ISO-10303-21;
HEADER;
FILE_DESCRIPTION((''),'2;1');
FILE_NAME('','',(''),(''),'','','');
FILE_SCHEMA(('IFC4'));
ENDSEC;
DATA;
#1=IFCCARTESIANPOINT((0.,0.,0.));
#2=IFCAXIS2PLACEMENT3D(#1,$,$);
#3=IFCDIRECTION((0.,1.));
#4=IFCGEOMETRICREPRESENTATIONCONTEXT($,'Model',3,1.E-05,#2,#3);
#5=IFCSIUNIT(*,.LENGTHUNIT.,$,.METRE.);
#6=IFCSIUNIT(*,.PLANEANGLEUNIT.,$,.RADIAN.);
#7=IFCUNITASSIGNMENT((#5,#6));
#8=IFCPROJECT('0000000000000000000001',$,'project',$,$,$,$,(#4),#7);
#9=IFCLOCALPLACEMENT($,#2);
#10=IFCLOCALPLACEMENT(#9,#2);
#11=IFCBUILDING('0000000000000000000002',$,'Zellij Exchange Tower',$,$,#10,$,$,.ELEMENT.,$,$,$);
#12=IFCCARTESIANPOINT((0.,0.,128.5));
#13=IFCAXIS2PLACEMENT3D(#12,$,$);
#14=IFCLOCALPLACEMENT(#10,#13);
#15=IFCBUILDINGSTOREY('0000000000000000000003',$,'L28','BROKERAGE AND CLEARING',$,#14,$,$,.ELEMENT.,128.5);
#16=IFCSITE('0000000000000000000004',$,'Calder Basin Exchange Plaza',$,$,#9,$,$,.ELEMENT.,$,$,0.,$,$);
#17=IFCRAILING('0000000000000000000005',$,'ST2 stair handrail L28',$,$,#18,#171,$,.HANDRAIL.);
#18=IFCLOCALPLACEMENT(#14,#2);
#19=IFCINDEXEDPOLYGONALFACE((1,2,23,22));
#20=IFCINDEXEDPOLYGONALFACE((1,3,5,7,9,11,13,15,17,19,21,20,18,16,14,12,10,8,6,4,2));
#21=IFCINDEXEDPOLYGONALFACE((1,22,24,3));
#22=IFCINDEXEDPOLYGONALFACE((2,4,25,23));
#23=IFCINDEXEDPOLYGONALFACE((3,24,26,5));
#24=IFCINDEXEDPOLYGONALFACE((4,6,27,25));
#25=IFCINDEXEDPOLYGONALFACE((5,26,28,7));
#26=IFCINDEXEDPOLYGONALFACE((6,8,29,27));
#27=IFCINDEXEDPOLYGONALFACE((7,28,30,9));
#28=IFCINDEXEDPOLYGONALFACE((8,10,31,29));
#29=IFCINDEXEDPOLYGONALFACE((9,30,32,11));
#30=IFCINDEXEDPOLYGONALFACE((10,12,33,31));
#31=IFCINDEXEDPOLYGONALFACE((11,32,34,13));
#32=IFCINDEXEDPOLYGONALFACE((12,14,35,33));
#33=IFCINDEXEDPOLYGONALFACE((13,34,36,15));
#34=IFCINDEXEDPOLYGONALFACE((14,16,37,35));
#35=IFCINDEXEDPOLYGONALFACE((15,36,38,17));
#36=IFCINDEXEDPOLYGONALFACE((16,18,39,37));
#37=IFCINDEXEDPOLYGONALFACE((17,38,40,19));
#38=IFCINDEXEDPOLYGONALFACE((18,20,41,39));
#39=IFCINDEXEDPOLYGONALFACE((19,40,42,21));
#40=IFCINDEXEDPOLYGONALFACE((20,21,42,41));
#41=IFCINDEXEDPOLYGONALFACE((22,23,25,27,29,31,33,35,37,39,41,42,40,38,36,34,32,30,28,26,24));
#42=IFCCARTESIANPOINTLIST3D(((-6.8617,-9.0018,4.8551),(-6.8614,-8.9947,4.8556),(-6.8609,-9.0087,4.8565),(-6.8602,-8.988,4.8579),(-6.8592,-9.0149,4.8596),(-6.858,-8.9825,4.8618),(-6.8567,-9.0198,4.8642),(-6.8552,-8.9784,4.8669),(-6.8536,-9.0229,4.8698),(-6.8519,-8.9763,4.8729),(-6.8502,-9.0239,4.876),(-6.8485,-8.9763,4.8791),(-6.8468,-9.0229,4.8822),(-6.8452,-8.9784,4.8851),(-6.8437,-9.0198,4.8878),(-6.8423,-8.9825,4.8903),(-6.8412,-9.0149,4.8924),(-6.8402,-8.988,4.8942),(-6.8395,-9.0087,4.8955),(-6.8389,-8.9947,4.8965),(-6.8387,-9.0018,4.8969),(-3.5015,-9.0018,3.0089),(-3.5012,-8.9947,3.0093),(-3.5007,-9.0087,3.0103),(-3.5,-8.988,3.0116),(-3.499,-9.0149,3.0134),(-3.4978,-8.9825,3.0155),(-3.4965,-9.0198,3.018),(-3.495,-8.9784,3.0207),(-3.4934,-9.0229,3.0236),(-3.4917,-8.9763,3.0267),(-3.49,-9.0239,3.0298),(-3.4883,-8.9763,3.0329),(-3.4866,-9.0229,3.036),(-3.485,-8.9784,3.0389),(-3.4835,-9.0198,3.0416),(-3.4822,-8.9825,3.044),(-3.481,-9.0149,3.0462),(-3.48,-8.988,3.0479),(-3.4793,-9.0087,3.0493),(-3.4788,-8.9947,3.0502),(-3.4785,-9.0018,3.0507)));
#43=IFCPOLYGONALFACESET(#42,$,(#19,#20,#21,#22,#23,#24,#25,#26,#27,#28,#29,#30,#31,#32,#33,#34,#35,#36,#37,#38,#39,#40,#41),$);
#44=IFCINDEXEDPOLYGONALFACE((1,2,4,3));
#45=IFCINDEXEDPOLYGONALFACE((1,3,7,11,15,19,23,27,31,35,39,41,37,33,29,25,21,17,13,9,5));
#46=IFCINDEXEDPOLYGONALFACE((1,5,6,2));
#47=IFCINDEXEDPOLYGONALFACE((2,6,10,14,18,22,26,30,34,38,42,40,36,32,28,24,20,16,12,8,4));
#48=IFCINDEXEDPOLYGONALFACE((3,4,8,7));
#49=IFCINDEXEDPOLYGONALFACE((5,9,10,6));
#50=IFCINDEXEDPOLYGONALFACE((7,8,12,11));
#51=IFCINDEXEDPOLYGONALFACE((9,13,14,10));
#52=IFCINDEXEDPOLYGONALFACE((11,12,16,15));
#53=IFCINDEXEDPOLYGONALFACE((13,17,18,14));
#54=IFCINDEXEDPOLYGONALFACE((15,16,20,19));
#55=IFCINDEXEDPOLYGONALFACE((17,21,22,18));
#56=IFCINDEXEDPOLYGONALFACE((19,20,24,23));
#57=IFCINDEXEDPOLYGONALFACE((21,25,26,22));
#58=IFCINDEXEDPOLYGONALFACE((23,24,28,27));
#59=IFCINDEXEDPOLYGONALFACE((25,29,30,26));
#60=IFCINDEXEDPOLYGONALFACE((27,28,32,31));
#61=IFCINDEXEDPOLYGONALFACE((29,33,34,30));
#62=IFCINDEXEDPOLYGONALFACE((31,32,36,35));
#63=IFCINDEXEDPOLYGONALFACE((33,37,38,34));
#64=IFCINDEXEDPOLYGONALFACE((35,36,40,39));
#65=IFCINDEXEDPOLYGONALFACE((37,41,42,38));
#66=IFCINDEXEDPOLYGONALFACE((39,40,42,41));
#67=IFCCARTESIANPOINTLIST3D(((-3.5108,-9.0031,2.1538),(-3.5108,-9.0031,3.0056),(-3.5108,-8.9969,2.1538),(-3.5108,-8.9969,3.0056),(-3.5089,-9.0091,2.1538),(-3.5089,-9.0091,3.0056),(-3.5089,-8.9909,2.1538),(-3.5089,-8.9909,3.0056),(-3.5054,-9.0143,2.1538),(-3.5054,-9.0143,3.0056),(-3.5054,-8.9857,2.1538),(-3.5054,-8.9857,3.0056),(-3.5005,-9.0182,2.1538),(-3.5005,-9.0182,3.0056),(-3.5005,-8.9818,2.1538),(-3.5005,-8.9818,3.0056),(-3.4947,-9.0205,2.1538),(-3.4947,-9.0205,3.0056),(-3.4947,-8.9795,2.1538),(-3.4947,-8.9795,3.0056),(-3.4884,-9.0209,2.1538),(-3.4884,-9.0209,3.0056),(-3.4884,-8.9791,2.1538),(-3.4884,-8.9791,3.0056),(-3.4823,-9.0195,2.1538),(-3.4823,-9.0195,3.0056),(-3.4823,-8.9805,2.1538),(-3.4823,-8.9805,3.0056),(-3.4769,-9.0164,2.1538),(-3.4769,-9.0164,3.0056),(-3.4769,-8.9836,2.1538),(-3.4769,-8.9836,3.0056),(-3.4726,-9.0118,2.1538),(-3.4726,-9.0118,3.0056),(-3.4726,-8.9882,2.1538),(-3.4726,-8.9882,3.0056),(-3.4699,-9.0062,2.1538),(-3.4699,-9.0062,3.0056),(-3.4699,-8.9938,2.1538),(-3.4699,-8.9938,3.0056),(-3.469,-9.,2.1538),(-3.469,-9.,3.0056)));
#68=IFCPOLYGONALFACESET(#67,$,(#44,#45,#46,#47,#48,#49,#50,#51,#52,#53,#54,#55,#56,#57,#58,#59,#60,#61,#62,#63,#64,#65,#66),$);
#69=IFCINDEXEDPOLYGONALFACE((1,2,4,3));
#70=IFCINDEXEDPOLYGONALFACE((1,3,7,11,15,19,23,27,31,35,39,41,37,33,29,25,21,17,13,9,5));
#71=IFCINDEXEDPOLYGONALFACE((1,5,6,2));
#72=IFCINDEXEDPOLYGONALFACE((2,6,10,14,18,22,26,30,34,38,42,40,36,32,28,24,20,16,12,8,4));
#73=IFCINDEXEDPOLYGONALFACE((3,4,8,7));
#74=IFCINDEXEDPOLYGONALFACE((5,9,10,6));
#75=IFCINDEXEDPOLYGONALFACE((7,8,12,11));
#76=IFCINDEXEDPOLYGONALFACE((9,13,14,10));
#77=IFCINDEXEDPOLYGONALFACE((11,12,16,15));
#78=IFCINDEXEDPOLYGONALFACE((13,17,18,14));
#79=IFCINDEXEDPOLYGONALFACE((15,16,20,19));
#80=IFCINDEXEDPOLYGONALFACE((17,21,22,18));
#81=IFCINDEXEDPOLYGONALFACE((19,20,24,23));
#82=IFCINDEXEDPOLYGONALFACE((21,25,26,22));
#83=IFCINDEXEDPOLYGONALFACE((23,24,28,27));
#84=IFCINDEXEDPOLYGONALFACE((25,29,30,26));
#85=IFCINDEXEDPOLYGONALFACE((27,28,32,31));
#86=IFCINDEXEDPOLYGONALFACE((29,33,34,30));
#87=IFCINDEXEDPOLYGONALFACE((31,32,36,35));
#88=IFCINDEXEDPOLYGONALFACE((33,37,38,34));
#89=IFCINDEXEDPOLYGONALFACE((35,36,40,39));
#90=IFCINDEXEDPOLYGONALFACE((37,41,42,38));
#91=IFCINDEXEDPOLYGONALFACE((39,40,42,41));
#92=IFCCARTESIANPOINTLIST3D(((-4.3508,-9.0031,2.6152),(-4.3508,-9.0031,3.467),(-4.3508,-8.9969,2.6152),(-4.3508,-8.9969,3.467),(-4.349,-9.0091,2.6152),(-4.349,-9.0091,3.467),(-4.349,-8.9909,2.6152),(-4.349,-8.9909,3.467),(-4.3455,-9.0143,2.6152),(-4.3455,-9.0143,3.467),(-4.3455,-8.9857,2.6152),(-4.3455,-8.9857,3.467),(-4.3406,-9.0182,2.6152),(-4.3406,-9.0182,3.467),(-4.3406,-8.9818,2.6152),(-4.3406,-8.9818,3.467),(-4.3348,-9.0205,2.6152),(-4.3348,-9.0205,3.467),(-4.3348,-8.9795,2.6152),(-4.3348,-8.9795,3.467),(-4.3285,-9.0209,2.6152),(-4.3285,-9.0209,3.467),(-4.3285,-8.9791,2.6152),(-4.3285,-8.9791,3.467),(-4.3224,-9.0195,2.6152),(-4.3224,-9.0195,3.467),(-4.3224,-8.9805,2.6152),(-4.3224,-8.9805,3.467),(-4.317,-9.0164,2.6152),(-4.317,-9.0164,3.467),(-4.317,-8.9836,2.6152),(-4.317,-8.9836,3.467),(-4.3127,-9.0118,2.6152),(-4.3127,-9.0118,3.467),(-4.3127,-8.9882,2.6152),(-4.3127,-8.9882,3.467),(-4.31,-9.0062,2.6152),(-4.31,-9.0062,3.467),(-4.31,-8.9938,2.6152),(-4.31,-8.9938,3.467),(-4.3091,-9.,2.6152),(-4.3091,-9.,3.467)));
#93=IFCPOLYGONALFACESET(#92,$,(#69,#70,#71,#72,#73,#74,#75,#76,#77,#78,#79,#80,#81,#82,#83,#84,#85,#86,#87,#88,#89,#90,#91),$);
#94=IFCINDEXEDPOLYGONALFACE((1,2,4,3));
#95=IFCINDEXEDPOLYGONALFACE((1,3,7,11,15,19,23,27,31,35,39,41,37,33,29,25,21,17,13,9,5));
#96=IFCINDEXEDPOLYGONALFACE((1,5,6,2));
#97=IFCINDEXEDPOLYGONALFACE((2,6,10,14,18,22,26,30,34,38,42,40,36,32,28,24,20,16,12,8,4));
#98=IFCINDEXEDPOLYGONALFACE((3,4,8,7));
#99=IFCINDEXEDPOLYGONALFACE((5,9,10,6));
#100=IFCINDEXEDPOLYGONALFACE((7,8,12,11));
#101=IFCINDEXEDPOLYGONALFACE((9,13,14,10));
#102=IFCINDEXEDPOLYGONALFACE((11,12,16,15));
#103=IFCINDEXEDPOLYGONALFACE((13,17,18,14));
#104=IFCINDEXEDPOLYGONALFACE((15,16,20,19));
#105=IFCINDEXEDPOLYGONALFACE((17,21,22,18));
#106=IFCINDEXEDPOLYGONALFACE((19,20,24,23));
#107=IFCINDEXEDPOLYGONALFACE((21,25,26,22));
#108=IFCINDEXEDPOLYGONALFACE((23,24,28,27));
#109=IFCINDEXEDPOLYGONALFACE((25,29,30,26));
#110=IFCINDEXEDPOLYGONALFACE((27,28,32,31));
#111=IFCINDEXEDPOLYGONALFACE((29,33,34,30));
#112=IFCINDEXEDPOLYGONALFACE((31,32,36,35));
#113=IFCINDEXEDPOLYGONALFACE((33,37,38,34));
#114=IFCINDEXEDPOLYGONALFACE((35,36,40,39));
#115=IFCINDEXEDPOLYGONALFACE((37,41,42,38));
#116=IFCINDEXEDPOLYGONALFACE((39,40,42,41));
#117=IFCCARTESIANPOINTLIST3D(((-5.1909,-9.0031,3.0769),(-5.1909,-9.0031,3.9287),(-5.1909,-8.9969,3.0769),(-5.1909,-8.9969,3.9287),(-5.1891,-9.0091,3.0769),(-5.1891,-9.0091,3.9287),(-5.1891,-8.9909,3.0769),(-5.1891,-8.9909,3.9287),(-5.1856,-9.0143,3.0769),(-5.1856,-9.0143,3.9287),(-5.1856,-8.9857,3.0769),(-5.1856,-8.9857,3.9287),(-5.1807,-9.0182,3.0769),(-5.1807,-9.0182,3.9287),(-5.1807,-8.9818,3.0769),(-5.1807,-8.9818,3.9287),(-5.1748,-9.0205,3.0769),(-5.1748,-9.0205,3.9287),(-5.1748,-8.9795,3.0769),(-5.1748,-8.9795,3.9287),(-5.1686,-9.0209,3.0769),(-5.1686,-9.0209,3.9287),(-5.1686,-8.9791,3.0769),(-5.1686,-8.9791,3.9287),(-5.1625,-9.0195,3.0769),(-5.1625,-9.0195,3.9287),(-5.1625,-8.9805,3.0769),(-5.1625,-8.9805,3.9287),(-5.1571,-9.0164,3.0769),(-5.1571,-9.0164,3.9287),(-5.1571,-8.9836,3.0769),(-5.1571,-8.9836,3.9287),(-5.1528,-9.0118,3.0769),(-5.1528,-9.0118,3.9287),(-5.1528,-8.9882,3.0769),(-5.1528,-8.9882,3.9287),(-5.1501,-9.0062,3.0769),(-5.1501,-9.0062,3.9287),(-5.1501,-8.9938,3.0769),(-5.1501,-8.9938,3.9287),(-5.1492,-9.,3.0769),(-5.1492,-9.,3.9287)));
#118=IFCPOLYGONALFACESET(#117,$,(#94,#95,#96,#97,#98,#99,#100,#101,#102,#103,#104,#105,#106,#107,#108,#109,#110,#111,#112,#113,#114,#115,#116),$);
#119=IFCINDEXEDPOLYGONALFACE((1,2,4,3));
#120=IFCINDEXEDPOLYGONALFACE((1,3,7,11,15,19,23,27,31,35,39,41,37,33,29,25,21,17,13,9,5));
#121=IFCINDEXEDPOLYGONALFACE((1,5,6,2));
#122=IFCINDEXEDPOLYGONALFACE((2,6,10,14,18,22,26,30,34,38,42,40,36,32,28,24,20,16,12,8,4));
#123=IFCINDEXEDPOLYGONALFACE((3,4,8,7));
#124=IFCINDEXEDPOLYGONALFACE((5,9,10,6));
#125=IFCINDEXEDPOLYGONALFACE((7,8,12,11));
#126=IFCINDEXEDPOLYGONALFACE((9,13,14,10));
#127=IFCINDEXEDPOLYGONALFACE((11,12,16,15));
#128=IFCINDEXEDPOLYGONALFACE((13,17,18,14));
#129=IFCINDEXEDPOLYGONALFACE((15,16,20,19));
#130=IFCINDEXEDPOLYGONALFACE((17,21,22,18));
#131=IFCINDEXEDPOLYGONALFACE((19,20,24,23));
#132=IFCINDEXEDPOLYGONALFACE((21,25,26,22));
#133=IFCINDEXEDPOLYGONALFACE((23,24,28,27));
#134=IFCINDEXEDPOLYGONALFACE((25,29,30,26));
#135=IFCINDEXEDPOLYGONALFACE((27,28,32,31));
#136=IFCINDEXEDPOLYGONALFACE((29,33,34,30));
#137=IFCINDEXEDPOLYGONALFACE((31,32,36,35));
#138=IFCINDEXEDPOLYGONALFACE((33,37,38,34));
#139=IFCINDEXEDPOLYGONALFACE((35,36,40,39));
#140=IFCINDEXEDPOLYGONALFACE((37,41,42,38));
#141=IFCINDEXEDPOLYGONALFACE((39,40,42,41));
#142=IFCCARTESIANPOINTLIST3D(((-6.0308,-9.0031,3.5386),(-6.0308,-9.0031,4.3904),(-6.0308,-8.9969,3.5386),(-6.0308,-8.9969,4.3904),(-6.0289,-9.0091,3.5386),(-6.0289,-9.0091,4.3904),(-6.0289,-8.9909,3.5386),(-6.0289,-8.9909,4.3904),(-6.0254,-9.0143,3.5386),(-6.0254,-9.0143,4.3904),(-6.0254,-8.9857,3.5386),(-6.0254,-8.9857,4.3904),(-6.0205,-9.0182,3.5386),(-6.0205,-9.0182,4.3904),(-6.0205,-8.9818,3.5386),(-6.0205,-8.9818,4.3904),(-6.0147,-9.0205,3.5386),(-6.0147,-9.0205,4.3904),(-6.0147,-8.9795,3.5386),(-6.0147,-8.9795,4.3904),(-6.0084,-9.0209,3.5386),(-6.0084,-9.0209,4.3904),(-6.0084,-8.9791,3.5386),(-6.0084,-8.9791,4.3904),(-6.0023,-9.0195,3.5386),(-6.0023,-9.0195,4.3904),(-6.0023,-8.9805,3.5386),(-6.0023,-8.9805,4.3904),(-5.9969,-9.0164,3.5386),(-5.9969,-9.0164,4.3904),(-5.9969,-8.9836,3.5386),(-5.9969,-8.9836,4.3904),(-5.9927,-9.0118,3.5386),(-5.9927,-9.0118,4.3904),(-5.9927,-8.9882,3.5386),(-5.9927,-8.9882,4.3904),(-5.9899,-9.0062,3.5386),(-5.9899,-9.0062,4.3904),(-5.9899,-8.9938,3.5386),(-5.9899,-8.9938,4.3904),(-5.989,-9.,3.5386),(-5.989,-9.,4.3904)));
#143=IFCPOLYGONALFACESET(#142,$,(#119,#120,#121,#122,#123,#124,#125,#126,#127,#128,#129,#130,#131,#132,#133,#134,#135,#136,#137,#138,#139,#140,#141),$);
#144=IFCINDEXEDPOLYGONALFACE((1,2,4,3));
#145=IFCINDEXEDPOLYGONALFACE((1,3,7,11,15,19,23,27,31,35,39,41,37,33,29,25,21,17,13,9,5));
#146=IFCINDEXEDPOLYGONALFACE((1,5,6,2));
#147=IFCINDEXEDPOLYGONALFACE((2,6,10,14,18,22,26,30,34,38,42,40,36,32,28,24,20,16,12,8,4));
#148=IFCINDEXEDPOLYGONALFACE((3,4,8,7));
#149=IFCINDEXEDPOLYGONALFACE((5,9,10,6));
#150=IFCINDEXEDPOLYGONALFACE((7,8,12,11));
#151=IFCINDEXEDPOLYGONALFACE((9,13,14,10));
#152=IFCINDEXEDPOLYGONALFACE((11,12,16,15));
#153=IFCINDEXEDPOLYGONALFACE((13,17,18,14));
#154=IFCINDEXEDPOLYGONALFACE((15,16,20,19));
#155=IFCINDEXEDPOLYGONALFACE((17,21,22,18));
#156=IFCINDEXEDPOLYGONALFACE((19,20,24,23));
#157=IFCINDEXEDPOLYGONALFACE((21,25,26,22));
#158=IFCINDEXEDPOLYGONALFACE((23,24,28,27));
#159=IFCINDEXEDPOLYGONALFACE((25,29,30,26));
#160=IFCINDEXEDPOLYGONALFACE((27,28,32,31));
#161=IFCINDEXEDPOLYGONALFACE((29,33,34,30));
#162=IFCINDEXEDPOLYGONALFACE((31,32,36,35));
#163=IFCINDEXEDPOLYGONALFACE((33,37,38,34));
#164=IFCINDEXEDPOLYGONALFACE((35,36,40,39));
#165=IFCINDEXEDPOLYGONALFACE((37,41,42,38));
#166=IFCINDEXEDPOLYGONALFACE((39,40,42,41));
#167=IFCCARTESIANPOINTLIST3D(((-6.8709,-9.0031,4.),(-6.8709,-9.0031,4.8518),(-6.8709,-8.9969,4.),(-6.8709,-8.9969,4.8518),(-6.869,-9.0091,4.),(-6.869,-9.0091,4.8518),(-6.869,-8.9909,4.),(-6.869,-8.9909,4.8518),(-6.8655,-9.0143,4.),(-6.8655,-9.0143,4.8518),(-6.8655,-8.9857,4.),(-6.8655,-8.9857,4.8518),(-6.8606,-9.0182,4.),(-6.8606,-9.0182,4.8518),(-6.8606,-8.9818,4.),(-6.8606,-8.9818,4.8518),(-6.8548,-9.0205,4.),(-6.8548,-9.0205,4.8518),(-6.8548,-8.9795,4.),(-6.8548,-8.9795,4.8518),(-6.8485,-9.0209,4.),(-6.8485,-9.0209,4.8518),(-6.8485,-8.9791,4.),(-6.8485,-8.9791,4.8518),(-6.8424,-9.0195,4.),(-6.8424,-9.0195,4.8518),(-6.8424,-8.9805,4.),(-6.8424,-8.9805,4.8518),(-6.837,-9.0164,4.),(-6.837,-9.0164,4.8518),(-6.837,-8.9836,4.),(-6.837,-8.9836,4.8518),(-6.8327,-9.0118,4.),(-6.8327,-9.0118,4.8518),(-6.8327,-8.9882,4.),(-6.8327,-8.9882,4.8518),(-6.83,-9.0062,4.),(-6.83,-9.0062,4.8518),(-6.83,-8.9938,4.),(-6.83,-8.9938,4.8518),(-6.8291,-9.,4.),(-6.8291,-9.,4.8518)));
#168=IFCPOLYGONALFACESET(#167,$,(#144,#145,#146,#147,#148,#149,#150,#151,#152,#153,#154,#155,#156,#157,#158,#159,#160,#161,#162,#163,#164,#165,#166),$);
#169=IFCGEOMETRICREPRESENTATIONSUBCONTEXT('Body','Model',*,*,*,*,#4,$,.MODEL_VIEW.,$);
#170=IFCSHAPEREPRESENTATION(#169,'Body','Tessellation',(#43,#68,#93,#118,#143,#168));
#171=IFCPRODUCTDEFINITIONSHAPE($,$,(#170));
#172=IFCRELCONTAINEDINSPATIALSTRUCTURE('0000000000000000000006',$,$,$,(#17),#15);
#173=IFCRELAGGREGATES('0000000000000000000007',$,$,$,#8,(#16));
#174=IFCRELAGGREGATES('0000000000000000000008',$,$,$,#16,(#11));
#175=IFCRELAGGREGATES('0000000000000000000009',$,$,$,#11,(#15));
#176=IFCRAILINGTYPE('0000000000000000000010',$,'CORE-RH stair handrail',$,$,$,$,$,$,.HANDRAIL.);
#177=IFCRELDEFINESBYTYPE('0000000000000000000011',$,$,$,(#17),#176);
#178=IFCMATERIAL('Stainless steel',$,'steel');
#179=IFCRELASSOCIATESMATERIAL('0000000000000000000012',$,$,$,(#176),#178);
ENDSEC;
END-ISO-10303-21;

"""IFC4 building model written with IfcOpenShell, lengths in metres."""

from ifc_helpers import new_model, si_unit, direction, frame, origin, origin_2d, place, context, subcontext, project, spatial, circle, extrude, material, type_object, element, save


model = new_model("IFC4")

# Units and contexts
model_context = context("Model", 3, precision=1e-05, world=origin(), true_north=direction((0.0, 1.0)))
body_context = subcontext(model_context, "Body", "Model", "MODEL_VIEW")
ifc_project = project(units=[si_unit("LENGTHUNIT", "METRE"), si_unit("PLANEANGLEUNIT", "RADIAN")], contexts=[model_context])

# Site, building, storey
site_placement = place(None, origin())
site = spatial("IfcSite", under=ifc_project, at=site_placement, Name="Calder Basin Exchange Plaza", CompositionType="ELEMENT", RefElevation=0.0)
building_placement = place(site_placement, origin())
building = spatial("IfcBuilding", under=site, at=building_placement, Name="Zellij Exchange Tower", CompositionType="ELEMENT")
storey_placement = place(building_placement, frame((0.0, 0.0, 128.5)))
storey = spatial("IfcBuildingStorey", under=building, at=storey_placement, Name="L28", Description="BROKERAGE AND CLEARING", CompositionType="ELEMENT", Elevation=128.5)

# Railing
ifc_material_1 = material(Name="Stainless steel", Category="steel")
railing_type_1 = type_object("IfcRailingType", Name="CORE-RH stair handrail", PredefinedType="HANDRAIL", material=ifc_material_1)
railing_1_placement = place(storey_placement, frame((-3.49, -9.0, 2.1538)))
element("IfcRailing", 1, at=railing_1_placement, inside=storey, type_object=railing_type_1, Name="ST2 stair handrail L28", PredefinedType="HANDRAIL", context=body_context, shape_type="SweptSolid", body=[
    extrude(circle(Radius=0.0239, at=origin_2d()), frame((0.0, 0.0, 0.876), z_axis=(-0.876422, 0.0, 0.481545), x_axis=(0.0, -1.0, 0.0)), (0.0, 0.0, 1.0), 3.834),
    extrude(circle(Radius=0.021, at=origin_2d()), origin(), (0.0, 0.0, 1.0), 0.8518),
    extrude(circle(Radius=0.021, at=origin_2d()), frame((-0.8401, 0.0, 0.4614)), (0.0, 0.0, 1.0), 0.8518),
    extrude(circle(Radius=0.021, at=origin_2d()), frame((-1.6802, 0.0, 0.9231)), (0.0, 0.0, 1.0), 0.8518),
    extrude(circle(Radius=0.021, at=origin_2d()), frame((-2.52, 0.0, 1.3848)), (0.0, 0.0, 1.0), 0.8518),
    extrude(circle(Radius=0.021, at=origin_2d()), frame((-3.3601, 0.0, 1.8462)), (0.0, 0.0, 1.0), 0.8518),
])

save(model, "model.ifc")
